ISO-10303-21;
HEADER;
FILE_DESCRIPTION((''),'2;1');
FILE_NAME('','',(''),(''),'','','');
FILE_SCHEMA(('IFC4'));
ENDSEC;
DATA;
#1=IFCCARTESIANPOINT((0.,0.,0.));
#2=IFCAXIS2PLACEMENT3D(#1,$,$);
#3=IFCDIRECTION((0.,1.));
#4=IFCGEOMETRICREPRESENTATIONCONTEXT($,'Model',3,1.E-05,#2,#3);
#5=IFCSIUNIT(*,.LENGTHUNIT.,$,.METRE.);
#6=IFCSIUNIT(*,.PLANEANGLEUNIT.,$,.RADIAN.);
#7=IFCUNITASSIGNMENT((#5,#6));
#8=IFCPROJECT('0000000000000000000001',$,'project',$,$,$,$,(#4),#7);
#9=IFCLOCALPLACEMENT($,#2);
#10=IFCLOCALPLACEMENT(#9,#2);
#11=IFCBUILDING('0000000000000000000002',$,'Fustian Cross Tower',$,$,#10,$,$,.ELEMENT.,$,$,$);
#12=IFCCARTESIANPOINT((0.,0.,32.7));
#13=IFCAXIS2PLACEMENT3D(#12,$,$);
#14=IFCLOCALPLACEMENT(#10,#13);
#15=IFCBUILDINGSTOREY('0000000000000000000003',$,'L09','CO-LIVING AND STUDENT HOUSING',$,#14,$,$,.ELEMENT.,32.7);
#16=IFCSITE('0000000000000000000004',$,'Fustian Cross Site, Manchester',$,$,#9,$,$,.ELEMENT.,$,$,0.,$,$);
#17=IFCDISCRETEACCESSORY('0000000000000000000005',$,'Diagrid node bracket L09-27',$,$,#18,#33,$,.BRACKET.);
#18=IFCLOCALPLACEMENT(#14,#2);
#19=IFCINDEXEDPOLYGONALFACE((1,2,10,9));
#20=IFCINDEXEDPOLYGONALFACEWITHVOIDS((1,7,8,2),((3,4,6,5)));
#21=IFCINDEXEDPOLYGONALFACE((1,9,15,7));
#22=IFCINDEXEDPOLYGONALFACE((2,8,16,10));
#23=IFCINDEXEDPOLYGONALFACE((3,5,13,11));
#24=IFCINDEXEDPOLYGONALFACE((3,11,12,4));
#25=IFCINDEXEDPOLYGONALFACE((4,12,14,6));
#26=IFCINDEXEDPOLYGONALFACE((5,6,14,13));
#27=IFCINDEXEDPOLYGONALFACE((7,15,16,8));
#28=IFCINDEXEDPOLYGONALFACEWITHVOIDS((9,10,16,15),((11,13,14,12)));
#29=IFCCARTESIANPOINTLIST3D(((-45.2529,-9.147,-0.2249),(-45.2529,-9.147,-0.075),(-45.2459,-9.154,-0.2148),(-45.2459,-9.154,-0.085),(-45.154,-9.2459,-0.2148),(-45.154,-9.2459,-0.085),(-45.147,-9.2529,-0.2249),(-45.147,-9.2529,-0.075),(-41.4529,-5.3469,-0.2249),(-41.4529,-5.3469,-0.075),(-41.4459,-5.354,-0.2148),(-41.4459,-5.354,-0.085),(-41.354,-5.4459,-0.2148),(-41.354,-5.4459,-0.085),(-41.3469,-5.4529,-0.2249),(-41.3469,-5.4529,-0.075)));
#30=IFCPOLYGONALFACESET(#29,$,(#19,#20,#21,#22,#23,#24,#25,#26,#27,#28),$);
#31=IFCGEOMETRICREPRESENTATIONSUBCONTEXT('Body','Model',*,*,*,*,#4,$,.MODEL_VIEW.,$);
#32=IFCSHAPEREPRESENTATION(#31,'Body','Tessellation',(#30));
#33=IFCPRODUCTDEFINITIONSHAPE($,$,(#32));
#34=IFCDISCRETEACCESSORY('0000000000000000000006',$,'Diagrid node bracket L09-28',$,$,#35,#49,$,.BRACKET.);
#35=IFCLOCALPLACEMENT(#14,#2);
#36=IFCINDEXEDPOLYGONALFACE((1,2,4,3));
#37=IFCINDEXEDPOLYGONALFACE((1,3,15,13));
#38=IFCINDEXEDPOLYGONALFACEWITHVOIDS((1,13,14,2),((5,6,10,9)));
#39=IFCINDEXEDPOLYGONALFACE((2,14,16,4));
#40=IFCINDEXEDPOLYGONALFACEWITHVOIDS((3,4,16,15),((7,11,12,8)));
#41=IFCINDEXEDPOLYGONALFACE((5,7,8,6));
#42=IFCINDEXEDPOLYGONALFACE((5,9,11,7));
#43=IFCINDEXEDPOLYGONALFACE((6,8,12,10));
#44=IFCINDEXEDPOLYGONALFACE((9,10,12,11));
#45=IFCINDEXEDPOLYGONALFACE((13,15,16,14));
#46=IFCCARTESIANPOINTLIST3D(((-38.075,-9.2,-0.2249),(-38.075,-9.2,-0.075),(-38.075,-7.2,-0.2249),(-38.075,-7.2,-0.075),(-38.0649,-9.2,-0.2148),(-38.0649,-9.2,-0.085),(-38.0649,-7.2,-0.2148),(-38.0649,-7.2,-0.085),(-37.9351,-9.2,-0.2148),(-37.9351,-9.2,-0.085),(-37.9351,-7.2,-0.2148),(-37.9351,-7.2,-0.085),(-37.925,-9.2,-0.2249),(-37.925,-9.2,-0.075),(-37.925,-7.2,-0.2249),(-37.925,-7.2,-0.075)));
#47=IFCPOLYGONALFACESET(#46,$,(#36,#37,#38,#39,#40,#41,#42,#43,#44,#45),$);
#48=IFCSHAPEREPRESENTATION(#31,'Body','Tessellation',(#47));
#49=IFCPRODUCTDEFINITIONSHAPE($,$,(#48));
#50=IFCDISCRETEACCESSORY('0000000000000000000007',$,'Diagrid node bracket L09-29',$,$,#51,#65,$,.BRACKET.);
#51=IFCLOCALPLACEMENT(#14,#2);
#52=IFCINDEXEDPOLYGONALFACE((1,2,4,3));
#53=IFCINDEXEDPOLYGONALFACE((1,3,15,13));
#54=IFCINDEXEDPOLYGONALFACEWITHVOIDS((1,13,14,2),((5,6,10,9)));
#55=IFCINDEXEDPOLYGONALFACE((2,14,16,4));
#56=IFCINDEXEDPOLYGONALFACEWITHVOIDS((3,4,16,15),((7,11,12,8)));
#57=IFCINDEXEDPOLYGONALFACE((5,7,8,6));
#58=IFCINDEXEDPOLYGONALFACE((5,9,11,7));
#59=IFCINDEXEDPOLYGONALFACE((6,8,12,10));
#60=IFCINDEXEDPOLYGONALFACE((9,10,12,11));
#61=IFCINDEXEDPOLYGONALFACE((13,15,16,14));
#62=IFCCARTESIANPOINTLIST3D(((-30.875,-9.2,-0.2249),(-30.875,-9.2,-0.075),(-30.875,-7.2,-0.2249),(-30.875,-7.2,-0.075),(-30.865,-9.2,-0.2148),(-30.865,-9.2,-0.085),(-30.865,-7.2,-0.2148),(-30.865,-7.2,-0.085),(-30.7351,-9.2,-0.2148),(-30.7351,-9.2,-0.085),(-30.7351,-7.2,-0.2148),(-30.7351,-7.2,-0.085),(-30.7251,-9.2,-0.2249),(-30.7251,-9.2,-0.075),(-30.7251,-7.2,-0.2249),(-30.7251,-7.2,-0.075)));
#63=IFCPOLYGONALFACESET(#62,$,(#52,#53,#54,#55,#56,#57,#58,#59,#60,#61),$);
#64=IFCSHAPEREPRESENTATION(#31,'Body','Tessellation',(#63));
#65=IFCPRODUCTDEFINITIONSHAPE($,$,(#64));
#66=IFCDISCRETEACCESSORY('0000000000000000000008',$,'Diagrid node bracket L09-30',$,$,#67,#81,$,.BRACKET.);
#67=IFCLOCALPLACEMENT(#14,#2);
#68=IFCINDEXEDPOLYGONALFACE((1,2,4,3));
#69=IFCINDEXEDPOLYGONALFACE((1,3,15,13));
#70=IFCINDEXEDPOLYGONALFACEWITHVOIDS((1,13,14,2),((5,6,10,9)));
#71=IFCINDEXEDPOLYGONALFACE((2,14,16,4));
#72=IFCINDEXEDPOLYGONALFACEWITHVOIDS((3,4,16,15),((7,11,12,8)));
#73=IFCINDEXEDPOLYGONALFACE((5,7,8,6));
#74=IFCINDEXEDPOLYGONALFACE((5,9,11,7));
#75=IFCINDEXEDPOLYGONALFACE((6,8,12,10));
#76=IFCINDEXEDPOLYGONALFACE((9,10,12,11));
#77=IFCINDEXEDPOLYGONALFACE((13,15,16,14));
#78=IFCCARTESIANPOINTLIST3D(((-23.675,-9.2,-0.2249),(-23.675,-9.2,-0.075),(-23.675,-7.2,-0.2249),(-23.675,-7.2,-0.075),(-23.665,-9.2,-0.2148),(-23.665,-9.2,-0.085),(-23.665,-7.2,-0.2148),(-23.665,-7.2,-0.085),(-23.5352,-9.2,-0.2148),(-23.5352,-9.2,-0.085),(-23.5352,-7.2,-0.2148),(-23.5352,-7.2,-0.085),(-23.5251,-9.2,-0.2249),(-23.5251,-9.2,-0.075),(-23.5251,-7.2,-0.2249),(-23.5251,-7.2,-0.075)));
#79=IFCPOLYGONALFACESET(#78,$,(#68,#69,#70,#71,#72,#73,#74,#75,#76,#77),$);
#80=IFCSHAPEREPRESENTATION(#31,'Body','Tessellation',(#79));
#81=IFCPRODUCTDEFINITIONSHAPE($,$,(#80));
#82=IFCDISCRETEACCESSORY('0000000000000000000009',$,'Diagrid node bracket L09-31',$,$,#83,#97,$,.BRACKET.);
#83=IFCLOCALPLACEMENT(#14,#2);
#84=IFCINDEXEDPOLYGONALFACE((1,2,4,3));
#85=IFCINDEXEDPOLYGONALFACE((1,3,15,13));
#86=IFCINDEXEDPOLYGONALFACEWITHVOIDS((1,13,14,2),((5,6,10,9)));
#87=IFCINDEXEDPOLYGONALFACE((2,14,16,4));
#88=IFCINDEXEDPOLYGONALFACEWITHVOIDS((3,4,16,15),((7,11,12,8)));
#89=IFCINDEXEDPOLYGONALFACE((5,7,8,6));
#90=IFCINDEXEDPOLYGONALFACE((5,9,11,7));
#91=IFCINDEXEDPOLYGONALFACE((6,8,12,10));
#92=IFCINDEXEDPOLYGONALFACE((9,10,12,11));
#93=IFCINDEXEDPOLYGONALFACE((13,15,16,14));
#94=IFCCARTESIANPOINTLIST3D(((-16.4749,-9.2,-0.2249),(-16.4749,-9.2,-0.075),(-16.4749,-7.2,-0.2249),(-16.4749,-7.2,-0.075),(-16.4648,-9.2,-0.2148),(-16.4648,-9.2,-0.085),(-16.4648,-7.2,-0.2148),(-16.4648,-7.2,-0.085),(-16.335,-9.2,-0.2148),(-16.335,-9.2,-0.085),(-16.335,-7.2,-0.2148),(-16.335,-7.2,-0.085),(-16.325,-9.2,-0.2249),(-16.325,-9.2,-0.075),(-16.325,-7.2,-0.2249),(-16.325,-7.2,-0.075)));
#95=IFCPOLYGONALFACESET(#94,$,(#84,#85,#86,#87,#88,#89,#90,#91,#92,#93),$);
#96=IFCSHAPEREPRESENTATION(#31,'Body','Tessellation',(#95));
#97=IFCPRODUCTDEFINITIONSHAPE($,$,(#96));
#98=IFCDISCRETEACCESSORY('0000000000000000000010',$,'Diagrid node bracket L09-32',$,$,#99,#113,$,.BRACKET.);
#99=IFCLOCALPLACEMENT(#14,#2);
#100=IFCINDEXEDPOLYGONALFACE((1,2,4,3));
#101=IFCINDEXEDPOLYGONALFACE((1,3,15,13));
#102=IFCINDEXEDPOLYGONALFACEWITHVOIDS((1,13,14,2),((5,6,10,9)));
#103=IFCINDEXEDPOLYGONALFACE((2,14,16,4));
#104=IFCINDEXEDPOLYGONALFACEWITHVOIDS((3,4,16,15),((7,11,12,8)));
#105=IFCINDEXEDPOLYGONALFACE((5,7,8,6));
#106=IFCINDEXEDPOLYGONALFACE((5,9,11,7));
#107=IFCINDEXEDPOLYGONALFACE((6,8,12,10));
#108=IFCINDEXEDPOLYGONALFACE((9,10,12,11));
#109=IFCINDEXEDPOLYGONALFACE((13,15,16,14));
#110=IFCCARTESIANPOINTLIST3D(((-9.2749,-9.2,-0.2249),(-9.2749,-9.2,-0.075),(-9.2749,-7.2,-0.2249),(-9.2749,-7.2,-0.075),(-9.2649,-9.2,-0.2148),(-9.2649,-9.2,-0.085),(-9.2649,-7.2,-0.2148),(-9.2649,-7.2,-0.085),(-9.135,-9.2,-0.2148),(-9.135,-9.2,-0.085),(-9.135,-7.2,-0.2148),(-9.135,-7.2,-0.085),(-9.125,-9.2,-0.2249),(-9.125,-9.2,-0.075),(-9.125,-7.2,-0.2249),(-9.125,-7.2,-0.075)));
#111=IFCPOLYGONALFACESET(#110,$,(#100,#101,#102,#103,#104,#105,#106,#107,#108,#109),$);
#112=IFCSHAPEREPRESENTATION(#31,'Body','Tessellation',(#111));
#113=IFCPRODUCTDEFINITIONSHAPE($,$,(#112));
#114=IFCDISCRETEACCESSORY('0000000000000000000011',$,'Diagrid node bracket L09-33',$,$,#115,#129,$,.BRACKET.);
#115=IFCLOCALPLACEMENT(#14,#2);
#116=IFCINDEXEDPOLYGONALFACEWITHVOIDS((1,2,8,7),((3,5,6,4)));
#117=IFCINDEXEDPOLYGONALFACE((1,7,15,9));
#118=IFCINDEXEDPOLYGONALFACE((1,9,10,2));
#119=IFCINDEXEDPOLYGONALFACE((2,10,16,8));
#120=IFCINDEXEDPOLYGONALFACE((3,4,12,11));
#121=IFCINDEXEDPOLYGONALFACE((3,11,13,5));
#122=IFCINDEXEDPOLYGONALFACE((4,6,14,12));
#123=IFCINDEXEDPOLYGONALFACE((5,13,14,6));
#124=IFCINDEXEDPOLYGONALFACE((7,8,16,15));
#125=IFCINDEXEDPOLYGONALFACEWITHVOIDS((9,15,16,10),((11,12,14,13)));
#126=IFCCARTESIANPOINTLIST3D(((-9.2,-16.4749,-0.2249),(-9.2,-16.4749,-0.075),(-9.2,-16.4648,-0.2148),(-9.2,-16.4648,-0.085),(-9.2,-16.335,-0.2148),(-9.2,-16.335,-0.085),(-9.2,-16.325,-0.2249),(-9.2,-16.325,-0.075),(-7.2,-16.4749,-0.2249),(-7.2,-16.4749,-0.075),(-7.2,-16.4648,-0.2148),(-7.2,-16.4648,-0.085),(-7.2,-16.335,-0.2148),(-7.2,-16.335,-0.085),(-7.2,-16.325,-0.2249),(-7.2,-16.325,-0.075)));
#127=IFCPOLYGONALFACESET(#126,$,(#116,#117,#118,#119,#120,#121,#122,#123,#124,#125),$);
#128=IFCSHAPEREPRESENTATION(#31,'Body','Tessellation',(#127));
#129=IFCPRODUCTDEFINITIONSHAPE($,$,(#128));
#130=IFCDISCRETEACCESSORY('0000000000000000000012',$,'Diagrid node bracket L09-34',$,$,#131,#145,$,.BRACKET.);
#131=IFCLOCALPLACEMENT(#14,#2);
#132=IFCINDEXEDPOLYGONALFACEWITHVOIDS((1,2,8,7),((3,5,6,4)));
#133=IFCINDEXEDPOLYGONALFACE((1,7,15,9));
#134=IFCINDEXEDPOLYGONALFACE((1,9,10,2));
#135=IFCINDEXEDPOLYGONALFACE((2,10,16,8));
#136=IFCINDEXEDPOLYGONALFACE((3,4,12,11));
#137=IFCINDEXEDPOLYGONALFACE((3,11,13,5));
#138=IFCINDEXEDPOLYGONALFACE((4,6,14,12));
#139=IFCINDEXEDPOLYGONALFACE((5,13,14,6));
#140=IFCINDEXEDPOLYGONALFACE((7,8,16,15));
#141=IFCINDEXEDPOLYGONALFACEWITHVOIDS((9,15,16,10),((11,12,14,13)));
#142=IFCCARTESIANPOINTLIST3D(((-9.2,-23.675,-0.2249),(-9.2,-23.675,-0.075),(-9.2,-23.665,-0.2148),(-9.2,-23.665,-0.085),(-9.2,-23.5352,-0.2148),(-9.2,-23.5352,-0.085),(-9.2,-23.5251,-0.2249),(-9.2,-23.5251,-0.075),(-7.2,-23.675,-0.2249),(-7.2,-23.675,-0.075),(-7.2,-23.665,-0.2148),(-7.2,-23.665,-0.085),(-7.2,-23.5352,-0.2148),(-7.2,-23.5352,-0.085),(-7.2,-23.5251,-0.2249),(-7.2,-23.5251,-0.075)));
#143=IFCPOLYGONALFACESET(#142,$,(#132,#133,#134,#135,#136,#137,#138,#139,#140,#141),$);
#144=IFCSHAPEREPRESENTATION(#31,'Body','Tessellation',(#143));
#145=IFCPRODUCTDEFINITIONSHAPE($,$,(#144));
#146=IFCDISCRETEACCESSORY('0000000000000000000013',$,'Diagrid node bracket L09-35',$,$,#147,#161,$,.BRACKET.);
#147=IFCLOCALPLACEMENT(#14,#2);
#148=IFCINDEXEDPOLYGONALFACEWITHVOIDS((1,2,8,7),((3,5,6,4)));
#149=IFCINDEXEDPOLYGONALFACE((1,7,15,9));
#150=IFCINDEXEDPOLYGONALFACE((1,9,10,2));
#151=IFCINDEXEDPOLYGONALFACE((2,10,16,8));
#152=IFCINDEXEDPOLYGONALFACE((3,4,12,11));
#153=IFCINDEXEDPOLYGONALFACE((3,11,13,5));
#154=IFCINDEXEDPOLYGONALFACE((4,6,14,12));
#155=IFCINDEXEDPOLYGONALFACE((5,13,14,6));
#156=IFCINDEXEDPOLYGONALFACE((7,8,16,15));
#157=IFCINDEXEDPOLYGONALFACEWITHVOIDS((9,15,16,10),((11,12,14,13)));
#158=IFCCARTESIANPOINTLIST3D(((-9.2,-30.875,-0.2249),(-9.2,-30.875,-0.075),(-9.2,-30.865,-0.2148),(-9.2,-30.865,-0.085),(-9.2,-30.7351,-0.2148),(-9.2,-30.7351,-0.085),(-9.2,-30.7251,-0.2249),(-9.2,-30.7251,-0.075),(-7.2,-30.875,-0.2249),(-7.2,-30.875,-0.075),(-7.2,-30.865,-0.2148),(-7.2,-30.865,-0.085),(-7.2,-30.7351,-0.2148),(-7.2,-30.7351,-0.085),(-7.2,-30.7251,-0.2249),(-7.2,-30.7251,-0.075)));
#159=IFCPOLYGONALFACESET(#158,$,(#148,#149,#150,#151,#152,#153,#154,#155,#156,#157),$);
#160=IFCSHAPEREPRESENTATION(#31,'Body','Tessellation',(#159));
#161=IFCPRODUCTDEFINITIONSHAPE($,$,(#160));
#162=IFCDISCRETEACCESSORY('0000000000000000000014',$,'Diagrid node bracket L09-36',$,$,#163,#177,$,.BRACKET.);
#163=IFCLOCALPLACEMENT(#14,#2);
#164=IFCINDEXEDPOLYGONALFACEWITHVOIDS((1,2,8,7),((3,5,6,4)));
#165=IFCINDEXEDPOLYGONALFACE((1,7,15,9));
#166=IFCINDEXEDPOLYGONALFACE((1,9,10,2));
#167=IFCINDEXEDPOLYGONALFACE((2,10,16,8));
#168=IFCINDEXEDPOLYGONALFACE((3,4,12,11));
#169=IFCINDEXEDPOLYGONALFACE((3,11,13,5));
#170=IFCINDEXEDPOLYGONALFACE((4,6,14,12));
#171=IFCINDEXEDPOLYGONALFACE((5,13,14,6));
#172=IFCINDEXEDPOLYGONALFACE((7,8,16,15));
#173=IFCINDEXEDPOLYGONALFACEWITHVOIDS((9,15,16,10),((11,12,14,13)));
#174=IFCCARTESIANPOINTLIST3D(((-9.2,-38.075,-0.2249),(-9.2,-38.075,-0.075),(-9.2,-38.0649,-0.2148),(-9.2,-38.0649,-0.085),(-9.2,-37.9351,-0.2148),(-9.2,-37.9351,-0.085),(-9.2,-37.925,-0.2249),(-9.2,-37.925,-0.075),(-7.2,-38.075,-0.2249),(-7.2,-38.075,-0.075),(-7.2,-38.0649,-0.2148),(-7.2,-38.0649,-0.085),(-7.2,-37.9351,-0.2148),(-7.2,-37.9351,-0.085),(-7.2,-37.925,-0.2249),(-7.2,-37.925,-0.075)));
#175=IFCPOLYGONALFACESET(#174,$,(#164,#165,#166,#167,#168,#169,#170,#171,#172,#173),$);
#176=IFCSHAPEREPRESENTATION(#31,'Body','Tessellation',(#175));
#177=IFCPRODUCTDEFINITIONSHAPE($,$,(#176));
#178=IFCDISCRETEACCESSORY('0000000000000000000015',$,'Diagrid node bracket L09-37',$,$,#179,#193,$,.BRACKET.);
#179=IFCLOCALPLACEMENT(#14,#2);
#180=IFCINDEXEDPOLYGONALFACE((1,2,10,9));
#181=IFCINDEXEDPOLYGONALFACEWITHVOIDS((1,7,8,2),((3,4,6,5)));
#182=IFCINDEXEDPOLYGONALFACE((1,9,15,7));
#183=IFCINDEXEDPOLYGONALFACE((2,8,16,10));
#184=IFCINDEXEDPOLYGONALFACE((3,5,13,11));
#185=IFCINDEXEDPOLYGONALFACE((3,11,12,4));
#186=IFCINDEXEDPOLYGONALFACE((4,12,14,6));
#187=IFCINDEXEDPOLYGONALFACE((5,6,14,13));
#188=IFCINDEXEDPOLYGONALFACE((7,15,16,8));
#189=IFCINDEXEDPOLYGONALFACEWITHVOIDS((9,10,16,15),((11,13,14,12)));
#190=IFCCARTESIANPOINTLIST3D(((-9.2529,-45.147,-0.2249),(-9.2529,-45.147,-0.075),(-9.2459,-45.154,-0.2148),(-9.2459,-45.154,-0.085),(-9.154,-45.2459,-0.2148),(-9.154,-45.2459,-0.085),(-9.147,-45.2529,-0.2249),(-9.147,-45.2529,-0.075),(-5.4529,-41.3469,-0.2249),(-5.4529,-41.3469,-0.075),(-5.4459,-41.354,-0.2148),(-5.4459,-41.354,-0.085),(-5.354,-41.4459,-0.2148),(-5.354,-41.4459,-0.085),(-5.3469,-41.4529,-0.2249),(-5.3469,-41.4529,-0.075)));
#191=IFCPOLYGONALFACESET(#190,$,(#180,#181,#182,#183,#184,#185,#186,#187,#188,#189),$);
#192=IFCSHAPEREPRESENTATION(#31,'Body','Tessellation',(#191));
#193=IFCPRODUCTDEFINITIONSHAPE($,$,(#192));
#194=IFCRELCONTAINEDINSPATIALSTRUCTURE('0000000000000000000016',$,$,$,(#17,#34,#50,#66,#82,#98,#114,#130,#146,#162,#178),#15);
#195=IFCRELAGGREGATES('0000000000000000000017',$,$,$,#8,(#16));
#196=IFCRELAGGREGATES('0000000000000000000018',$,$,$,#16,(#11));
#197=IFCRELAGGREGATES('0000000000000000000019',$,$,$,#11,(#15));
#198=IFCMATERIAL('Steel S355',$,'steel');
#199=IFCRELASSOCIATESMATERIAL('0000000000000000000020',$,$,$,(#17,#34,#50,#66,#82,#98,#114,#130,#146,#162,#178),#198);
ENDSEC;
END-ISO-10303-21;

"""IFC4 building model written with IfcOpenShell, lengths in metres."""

from ifc_helpers import new_model, si_unit, direction, frame, origin, origin_2d, place, context, subcontext, project, spatial, hollow_rectangle, extrude, material, element, save


model = new_model("IFC4")

# Units and contexts
model_context = context("Model", 3, precision=1e-05, world=origin(), true_north=direction((0.0, 1.0)))
body_context = subcontext(model_context, "Body", "Model", "MODEL_VIEW")
ifc_project = project(units=[si_unit("LENGTHUNIT", "METRE"), si_unit("PLANEANGLEUNIT", "RADIAN")], contexts=[model_context])

# Site, building, storey
site_placement = place(None, origin())
site = spatial("IfcSite", under=ifc_project, at=site_placement, Name="Fustian Cross Site, Manchester", CompositionType="ELEMENT", RefElevation=0.0)
building_placement = place(site_placement, origin())
building = spatial("IfcBuilding", under=site, at=building_placement, Name="Fustian Cross Tower", CompositionType="ELEMENT")
storey_placement = place(building_placement, frame((0.0, 0.0, 32.7)))
storey = spatial("IfcBuildingStorey", under=building, at=storey_placement, Name="L09", Description="CO-LIVING AND STUDENT HOUSING", CompositionType="ELEMENT", Elevation=32.7)

# Discrete accessories
ifc_material_1 = material(Name="Steel S355", Category="steel")
discrete_accessory_1_placement = place(storey_placement, frame((-45.2, -9.2, -0.1499), z_axis=(0.707107, 0.707107, 0.0), x_axis=(-0.707107, 0.707107, 0.0)))
element("IfcDiscreteAccessory", 1, at=discrete_accessory_1_placement, inside=storey, material=ifc_material_1, Name="Diagrid node bracket L09-27", PredefinedType="BRACKET", context=body_context, shape_type="SweptSolid", body=[
    extrude(hollow_rectangle(XDim=0.1499, YDim=0.1499, WallThickness=0.01, at=origin_2d()), origin(), (0.0, 0.0, 1.0), 5.374),
])
for number, where, z_axis, x_axis, name in (
    (2, (-38.0, -9.2, -0.1499), (0.0, 1.0, 0.0), (-1.0, 0.0, 0.0), "Diagrid node bracket L09-28"),
    (3, (-30.8, -9.2, -0.1499), (0.0, 1.0, 0.0), (-1.0, 0.0, 0.0), "Diagrid node bracket L09-29"),
    (4, (-23.6001, -9.2, -0.1499), (0.0, 1.0, 0.0), (-1.0, 0.0, 0.0), "Diagrid node bracket L09-30"),
    (5, (-16.3999, -9.2, -0.1499), (0.0, 1.0, 0.0), (-1.0, 0.0, 0.0), "Diagrid node bracket L09-31"),
    (6, (-9.2, -9.2, -0.1499), (0.0, 1.0, 0.0), (-1.0, 0.0, 0.0), "Diagrid node bracket L09-32"),
    (7, (-9.2, -16.3999, -0.1499), (1.0, 0.0, 0.0), (0.0, 1.0, 0.0), "Diagrid node bracket L09-33"),
    (8, (-9.2, -23.6001, -0.1499), (1.0, 0.0, 0.0), (0.0, 1.0, 0.0), "Diagrid node bracket L09-34"),
    (9, (-9.2, -30.8, -0.1499), (1.0, 0.0, 0.0), (0.0, 1.0, 0.0), "Diagrid node bracket L09-35"),
    (10, (-9.2, -38.0, -0.1499), (1.0, 0.0, 0.0), (0.0, 1.0, 0.0), "Diagrid node bracket L09-36"),
):
    element("IfcDiscreteAccessory", number, at=place(storey_placement, frame(where, z_axis=z_axis, x_axis=x_axis)), inside=storey, material=ifc_material_1, Name=name, PredefinedType="BRACKET", context=body_context, shape_type="SweptSolid", body=[
        extrude(hollow_rectangle(XDim=0.1499, YDim=0.1499, WallThickness=0.01, at=origin_2d()), origin(), (0.0, 0.0, 1.0), 2.0),
    ])
discrete_accessory_2_placement = place(storey_placement, frame((-9.2, -45.2, -0.1499), z_axis=(0.707107, 0.707107, 0.0), x_axis=(-0.707107, 0.707107, 0.0)))
element("IfcDiscreteAccessory", 11, at=discrete_accessory_2_placement, inside=storey, material=ifc_material_1, Name="Diagrid node bracket L09-37", PredefinedType="BRACKET", context=body_context, shape_type="SweptSolid", body=[
    extrude(hollow_rectangle(XDim=0.1499, YDim=0.1499, WallThickness=0.01, at=origin_2d()), origin(), (0.0, 0.0, 1.0), 5.374),
])

save(model, "model.ifc")
